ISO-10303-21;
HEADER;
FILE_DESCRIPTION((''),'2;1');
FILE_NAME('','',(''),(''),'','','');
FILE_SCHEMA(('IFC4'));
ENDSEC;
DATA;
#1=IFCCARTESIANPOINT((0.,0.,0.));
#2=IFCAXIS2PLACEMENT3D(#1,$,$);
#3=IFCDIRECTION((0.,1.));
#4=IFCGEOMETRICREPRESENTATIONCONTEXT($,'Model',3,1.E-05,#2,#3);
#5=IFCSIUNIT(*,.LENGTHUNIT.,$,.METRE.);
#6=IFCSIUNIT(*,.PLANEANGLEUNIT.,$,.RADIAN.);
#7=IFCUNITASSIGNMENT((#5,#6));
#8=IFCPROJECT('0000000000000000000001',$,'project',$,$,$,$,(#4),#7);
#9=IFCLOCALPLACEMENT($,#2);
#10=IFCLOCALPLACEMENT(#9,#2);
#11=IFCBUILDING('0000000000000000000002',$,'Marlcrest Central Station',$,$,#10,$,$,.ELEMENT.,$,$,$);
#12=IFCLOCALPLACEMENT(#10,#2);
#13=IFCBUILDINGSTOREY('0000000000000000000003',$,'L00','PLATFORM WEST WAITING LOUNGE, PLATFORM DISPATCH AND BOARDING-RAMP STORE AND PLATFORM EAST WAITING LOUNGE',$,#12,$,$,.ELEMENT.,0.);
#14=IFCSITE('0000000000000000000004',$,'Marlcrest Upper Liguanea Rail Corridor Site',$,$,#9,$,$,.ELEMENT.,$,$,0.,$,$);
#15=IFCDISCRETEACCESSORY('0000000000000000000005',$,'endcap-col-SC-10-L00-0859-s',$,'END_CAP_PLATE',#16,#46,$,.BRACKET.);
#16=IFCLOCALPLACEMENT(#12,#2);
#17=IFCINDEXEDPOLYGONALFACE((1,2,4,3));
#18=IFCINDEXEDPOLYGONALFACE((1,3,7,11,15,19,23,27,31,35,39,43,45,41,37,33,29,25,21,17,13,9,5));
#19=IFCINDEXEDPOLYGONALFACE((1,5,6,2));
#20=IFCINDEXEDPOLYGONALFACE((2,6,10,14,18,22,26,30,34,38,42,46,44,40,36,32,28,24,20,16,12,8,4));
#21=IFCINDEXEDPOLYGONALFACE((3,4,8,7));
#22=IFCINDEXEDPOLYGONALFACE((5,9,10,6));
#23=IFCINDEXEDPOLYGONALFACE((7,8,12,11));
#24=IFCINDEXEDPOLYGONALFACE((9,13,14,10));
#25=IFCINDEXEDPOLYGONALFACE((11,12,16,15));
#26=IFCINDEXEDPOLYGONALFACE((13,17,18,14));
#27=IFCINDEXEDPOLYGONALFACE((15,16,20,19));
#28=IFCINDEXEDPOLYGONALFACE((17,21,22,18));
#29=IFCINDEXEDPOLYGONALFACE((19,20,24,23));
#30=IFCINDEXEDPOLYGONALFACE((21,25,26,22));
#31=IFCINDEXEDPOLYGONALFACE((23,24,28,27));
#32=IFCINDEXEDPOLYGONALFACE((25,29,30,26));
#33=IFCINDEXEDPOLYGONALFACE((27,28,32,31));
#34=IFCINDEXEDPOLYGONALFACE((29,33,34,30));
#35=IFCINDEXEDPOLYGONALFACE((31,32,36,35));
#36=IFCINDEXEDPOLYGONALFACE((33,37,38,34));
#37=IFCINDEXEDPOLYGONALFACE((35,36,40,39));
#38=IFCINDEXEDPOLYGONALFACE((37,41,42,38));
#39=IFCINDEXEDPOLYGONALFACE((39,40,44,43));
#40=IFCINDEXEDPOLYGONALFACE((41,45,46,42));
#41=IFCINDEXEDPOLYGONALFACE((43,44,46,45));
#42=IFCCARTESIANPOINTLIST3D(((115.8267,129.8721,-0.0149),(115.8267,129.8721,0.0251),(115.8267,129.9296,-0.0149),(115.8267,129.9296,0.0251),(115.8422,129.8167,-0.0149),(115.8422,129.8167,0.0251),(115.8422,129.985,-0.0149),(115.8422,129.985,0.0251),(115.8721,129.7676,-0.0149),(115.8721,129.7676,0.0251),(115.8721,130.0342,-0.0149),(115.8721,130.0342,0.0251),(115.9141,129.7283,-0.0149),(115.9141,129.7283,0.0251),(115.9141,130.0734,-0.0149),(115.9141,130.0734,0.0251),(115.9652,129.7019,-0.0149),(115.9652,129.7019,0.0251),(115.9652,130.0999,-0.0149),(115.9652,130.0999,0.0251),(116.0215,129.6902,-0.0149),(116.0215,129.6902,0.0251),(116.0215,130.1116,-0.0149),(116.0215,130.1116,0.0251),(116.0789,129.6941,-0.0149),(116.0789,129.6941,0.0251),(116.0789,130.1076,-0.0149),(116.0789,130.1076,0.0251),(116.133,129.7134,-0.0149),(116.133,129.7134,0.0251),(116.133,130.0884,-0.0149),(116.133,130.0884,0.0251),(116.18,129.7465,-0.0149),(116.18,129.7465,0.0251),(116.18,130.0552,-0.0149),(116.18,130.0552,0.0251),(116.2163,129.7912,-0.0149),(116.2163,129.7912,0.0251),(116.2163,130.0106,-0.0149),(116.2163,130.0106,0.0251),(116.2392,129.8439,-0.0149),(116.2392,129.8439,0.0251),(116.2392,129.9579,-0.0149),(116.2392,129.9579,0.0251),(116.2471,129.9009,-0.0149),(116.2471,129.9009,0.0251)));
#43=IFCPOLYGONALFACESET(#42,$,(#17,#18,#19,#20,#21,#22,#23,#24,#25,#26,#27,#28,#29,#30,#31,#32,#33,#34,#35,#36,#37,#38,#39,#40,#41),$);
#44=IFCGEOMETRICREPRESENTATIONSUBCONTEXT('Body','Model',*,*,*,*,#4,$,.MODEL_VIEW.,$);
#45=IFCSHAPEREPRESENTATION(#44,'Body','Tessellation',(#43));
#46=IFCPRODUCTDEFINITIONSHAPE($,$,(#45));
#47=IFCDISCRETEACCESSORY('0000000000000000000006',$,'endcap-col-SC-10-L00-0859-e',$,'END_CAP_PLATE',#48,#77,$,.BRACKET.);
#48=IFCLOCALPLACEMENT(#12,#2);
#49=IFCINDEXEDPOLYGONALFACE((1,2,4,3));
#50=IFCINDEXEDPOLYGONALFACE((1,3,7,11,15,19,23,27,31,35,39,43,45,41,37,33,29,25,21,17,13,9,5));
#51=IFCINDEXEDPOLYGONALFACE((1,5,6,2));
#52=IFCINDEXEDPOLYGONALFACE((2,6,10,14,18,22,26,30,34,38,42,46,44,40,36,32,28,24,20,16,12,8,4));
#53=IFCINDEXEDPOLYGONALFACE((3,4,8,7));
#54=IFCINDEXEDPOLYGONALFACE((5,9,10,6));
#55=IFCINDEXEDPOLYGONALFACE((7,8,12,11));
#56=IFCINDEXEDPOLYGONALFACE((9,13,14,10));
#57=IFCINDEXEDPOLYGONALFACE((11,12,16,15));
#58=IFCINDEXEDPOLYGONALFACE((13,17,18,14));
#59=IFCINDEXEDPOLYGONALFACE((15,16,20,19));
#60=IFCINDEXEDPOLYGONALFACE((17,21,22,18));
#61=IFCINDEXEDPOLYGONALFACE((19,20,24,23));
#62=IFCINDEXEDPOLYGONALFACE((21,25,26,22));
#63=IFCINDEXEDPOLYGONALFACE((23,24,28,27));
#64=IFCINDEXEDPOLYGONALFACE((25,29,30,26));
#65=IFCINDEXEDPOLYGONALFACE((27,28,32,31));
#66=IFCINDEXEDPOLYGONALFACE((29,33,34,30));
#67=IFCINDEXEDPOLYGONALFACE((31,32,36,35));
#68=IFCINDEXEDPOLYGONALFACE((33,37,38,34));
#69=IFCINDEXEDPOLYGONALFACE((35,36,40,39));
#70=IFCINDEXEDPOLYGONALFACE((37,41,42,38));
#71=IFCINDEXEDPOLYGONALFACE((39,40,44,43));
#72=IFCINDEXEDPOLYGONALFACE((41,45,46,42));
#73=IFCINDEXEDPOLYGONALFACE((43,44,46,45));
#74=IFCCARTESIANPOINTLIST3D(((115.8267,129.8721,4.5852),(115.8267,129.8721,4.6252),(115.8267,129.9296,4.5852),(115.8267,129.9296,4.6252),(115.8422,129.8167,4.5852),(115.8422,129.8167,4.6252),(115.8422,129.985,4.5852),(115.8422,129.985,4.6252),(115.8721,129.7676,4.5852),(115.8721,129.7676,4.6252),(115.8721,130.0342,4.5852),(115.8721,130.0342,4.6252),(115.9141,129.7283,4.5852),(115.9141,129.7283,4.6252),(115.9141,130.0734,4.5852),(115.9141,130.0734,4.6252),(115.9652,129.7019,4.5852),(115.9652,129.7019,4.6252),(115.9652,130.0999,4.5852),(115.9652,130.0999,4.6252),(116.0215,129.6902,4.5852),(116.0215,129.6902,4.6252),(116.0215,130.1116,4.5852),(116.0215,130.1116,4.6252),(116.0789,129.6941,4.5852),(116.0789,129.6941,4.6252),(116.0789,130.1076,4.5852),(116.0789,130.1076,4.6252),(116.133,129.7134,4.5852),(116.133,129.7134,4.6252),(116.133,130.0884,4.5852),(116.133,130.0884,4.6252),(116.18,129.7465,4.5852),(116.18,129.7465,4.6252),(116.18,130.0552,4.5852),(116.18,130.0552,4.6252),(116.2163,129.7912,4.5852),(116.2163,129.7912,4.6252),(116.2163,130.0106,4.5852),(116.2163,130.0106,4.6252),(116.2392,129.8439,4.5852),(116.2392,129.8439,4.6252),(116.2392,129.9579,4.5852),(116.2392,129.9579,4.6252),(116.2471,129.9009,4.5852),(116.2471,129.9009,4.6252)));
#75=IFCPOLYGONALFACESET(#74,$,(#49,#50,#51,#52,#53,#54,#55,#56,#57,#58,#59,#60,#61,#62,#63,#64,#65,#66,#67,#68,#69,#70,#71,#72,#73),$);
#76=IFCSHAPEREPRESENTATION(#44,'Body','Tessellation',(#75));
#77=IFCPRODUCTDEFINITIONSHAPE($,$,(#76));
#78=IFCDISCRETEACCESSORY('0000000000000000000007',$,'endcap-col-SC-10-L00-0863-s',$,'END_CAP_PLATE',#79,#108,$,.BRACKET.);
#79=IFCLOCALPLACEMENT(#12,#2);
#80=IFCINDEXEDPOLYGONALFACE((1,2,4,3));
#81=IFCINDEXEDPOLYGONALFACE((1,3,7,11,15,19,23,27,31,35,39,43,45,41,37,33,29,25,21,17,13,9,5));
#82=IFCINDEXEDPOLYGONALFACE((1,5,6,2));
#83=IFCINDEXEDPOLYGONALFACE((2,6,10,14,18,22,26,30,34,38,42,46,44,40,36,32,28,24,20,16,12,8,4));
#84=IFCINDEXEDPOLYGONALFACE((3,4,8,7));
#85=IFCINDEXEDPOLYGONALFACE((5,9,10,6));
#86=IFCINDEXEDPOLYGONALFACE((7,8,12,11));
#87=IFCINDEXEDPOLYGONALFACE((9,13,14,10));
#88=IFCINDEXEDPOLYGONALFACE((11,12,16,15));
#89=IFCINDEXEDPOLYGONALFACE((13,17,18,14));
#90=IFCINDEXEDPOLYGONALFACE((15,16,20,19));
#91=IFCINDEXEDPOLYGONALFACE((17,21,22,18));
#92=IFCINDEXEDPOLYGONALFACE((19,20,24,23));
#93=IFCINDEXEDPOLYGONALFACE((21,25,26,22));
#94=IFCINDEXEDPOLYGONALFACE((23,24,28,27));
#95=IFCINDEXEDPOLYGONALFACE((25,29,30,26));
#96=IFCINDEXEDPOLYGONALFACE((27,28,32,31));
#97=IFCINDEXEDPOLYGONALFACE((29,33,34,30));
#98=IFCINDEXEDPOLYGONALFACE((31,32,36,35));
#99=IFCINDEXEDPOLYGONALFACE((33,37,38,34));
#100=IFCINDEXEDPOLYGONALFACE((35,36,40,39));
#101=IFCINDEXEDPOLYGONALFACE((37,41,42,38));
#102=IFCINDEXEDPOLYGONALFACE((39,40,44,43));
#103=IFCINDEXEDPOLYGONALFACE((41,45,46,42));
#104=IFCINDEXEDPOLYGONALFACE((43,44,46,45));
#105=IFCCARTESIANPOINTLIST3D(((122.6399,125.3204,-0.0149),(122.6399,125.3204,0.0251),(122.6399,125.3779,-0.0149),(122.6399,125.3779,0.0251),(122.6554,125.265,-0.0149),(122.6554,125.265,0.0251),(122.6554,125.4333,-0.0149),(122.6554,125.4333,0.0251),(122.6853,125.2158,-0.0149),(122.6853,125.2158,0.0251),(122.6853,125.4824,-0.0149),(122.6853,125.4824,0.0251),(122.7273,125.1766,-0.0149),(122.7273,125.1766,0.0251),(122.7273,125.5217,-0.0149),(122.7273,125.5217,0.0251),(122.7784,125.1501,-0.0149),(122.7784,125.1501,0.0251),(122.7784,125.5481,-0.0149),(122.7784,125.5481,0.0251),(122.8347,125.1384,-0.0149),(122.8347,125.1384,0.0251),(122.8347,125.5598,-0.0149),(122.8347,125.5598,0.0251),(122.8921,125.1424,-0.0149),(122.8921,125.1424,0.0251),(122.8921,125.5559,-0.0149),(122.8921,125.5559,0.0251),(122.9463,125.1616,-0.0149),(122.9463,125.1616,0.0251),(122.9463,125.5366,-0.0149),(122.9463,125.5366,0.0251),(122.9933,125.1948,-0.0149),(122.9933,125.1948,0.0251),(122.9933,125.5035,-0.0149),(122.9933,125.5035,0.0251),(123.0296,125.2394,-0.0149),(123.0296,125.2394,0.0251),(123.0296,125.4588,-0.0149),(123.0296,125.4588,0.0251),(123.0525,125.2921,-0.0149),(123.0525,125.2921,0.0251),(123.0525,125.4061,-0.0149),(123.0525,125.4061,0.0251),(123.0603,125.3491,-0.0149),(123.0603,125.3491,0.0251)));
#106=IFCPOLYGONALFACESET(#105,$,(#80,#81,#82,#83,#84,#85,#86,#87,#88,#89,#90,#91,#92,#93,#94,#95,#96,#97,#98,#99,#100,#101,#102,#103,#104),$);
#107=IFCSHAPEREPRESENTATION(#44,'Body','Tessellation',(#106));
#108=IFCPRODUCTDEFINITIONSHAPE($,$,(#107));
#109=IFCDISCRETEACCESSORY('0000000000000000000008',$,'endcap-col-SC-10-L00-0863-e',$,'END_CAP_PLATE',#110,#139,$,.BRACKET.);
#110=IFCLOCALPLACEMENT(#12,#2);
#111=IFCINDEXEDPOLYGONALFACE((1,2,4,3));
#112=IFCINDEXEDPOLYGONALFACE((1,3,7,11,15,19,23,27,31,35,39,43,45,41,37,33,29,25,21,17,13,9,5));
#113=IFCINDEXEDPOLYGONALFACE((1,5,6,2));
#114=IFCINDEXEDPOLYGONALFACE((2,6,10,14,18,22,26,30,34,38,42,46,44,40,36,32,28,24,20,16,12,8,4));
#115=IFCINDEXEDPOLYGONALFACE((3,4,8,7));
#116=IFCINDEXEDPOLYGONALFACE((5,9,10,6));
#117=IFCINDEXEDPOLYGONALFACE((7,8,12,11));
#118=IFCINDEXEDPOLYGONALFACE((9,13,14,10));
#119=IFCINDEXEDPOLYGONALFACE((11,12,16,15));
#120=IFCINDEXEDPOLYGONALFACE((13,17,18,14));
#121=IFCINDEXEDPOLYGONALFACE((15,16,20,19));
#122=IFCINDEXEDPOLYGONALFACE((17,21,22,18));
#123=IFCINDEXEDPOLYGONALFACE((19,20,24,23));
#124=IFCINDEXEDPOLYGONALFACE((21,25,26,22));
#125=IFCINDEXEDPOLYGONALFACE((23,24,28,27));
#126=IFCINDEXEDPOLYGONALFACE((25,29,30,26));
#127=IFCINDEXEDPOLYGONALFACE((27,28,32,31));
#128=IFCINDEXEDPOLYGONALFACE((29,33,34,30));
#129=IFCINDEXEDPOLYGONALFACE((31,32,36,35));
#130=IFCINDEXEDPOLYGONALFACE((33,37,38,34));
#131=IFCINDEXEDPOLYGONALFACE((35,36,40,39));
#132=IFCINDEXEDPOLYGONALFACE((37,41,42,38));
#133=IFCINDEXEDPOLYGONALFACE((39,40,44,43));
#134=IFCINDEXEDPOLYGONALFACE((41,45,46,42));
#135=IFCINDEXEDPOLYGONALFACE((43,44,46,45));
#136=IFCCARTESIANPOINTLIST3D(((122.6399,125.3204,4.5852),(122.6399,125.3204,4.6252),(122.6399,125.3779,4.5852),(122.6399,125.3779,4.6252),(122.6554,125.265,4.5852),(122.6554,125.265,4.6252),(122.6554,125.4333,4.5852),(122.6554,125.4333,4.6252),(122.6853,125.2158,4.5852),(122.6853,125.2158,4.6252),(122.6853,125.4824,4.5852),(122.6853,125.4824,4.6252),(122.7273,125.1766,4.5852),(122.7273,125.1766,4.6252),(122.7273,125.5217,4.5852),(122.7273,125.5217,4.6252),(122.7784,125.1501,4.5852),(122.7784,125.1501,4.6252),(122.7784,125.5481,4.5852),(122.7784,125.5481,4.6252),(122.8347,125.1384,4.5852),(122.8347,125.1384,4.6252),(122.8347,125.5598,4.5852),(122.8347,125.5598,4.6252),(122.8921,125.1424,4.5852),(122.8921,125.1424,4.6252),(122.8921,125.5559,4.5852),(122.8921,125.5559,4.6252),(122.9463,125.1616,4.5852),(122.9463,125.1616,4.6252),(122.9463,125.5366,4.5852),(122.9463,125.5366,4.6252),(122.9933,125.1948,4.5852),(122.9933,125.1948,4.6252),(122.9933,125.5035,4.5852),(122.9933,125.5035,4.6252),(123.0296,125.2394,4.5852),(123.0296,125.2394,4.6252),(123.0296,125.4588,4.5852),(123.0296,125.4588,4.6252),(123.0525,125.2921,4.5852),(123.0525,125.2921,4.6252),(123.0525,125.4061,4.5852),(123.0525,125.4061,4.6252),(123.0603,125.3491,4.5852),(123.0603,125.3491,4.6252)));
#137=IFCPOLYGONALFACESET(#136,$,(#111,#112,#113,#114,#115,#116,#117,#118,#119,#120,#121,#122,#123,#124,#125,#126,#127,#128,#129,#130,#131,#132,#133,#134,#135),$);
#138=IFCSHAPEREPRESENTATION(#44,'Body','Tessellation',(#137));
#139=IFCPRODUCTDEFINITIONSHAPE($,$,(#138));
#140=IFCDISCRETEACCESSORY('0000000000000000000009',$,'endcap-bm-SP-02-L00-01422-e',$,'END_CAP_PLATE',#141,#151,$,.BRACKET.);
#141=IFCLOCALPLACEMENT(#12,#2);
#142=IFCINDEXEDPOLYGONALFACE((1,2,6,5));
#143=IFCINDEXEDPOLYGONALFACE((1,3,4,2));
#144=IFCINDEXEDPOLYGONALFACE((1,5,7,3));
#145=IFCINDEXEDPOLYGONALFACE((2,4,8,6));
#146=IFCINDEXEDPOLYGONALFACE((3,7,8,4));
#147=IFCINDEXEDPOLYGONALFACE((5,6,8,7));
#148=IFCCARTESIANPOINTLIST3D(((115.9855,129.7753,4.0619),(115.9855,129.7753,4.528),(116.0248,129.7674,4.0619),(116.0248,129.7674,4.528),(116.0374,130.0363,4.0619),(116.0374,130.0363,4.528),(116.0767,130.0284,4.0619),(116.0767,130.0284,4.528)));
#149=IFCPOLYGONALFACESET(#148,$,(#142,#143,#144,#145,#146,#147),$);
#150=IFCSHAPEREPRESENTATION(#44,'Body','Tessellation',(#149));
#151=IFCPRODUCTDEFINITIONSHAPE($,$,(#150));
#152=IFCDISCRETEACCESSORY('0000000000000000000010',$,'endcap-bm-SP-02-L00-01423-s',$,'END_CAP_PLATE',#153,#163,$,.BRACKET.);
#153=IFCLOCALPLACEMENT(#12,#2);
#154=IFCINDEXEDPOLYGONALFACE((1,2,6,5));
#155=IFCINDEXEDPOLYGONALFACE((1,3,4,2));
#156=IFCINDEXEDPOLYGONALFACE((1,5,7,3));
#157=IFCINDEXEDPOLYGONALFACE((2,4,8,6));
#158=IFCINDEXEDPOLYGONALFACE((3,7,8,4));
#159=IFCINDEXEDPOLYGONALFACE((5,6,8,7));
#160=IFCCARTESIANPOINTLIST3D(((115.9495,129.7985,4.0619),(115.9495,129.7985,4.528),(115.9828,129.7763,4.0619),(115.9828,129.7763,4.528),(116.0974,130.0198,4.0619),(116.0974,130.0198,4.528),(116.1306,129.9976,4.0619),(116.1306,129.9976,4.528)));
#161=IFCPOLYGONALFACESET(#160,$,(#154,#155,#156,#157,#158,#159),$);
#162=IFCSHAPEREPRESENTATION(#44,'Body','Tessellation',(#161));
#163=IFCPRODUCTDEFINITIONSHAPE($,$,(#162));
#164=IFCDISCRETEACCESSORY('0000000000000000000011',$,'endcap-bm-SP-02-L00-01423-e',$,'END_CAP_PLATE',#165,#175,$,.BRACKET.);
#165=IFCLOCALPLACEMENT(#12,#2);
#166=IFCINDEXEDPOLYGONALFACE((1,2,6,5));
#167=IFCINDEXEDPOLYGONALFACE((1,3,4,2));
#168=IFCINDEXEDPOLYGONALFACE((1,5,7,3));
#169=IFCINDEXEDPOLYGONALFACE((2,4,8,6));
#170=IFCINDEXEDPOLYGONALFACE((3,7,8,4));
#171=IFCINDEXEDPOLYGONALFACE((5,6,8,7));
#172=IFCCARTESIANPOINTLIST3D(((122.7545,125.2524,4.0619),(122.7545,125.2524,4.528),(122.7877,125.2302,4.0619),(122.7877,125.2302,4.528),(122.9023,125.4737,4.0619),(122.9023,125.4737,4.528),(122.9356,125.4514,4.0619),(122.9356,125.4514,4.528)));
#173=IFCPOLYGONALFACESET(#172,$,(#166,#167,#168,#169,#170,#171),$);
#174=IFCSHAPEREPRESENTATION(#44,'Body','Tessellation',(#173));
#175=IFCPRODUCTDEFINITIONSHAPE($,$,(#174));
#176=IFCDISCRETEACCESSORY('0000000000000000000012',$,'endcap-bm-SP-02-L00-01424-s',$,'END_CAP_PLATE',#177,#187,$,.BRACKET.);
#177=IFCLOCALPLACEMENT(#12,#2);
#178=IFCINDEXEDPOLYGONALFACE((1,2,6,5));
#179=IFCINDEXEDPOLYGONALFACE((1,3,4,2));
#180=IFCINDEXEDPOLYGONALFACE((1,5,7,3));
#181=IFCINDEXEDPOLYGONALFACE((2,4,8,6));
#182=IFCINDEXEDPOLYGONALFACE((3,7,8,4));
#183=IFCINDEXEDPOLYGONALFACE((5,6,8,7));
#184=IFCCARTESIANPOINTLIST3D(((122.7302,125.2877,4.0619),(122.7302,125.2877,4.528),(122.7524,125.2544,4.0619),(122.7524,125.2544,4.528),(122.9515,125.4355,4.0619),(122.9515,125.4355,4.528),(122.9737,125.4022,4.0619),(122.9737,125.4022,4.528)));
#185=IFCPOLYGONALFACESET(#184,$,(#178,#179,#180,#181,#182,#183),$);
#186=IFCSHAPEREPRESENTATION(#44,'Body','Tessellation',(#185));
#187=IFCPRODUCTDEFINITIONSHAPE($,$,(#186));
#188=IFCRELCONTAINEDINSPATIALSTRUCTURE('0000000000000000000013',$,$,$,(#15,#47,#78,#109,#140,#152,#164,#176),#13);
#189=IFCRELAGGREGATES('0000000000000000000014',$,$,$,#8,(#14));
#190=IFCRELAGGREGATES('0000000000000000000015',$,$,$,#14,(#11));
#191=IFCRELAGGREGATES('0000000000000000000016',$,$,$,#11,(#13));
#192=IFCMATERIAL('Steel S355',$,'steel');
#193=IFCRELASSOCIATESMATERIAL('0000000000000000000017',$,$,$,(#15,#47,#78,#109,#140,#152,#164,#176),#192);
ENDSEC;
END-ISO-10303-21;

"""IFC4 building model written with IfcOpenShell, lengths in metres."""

from ifc_helpers import new_model, si_unit, direction, frame, origin, origin_2d, place, context, subcontext, project, spatial, rectangle, circle, extrude, material, element, save


model = new_model("IFC4")

# Units and contexts
model_context = context("Model", 3, precision=1e-05, world=origin(), true_north=direction((0.0, 1.0)))
body_context = subcontext(model_context, "Body", "Model", "MODEL_VIEW")
ifc_project = project(units=[si_unit("LENGTHUNIT", "METRE"), si_unit("PLANEANGLEUNIT", "RADIAN")], contexts=[model_context])

# Site, building, storey
site_placement = place(None, origin())
site = spatial("IfcSite", under=ifc_project, at=site_placement, Name="Marlcrest Upper Liguanea Rail Corridor Site", CompositionType="ELEMENT", RefElevation=0.0)
building_placement = place(site_placement, origin())
building = spatial("IfcBuilding", under=site, at=building_placement, Name="Marlcrest Central Station", CompositionType="ELEMENT")
storey_placement = place(building_placement, origin())
storey = spatial("IfcBuildingStorey", under=building, at=storey_placement, Name="L00", Description="PLATFORM WEST WAITING LOUNGE, PLATFORM DISPATCH AND BOARDING-RAMP STORE AND PLATFORM EAST WAITING LOUNGE", CompositionType="ELEMENT", Elevation=0.0)

# Shared definitions
ifc_material_1 = material(Name="Steel S355", Category="steel")

# Discrete accessories
for number, where, z_axis, x_axis, name in (
    (1, (116.0359, 129.9009, -0.0149), (0.0, 0.0, 1.0), (1.0, 0.0, 0.0), "endcap-col-SC-10-L00-0859-s"),
    (2, (116.0359, 129.9009, 4.5852), (0.0, 0.0, 1.0), (1.0, 0.0, 0.0), "endcap-col-SC-10-L00-0859-e"),
    (3, (122.8491, 125.3491, -0.0149), (0.0, 0.0, 1.0), (1.0, 0.0, 0.0), "endcap-col-SC-10-L00-0863-s"),
    (4, (122.8491, 125.3491, 4.5852), (0.0, 0.0, 1.0), (1.0, 0.0, 0.0), "endcap-col-SC-10-L00-0863-e"),
):
    element("IfcDiscreteAccessory", number, at=place(storey_placement, frame(where, z_axis=z_axis, x_axis=x_axis)), inside=storey, material=ifc_material_1, Name=name, ObjectType="END_CAP_PLATE", PredefinedType="BRACKET", context=body_context, shape_type="SweptSolid", body=[
        extrude(circle(Radius=0.2112, at=origin_2d()), origin(), (0.0, 0.0, 1.0), 0.04),
    ])
for number, where, z_axis, x_axis, name in (
    (5, (116.0115, 129.9058, 4.2949), (0.980769, -0.195171, 0.0), (0.195171, 0.980769, 0.0), "endcap-bm-SP-02-L00-01422-e"),
    (6, (116.0234, 129.9092, 4.2949), (0.831509, -0.555511, 0.0), (0.555511, 0.831509, 0.0), "endcap-bm-SP-02-L00-01423-s"),
    (7, (122.8284, 125.363, 4.2949), (0.831509, -0.555511, 0.0), (0.555511, 0.831509, 0.0), "endcap-bm-SP-02-L00-01423-e"),
    (8, (122.8408, 125.3616, 4.2949), (0.555511, -0.831509, 0.0), (0.831509, 0.555511, 0.0), "endcap-bm-SP-02-L00-01424-s"),
):
    element("IfcDiscreteAccessory", number, at=place(storey_placement, frame(where, z_axis=z_axis, x_axis=x_axis)), inside=storey, material=ifc_material_1, Name=name, ObjectType="END_CAP_PLATE", PredefinedType="BRACKET", context=body_context, shape_type="SweptSolid", body=[
        extrude(rectangle(XDim=0.2661, YDim=0.4661, at=origin_2d()), origin(), (0.0, 0.0, 1.0), 0.04),
    ])

save(model, "model.ifc")
